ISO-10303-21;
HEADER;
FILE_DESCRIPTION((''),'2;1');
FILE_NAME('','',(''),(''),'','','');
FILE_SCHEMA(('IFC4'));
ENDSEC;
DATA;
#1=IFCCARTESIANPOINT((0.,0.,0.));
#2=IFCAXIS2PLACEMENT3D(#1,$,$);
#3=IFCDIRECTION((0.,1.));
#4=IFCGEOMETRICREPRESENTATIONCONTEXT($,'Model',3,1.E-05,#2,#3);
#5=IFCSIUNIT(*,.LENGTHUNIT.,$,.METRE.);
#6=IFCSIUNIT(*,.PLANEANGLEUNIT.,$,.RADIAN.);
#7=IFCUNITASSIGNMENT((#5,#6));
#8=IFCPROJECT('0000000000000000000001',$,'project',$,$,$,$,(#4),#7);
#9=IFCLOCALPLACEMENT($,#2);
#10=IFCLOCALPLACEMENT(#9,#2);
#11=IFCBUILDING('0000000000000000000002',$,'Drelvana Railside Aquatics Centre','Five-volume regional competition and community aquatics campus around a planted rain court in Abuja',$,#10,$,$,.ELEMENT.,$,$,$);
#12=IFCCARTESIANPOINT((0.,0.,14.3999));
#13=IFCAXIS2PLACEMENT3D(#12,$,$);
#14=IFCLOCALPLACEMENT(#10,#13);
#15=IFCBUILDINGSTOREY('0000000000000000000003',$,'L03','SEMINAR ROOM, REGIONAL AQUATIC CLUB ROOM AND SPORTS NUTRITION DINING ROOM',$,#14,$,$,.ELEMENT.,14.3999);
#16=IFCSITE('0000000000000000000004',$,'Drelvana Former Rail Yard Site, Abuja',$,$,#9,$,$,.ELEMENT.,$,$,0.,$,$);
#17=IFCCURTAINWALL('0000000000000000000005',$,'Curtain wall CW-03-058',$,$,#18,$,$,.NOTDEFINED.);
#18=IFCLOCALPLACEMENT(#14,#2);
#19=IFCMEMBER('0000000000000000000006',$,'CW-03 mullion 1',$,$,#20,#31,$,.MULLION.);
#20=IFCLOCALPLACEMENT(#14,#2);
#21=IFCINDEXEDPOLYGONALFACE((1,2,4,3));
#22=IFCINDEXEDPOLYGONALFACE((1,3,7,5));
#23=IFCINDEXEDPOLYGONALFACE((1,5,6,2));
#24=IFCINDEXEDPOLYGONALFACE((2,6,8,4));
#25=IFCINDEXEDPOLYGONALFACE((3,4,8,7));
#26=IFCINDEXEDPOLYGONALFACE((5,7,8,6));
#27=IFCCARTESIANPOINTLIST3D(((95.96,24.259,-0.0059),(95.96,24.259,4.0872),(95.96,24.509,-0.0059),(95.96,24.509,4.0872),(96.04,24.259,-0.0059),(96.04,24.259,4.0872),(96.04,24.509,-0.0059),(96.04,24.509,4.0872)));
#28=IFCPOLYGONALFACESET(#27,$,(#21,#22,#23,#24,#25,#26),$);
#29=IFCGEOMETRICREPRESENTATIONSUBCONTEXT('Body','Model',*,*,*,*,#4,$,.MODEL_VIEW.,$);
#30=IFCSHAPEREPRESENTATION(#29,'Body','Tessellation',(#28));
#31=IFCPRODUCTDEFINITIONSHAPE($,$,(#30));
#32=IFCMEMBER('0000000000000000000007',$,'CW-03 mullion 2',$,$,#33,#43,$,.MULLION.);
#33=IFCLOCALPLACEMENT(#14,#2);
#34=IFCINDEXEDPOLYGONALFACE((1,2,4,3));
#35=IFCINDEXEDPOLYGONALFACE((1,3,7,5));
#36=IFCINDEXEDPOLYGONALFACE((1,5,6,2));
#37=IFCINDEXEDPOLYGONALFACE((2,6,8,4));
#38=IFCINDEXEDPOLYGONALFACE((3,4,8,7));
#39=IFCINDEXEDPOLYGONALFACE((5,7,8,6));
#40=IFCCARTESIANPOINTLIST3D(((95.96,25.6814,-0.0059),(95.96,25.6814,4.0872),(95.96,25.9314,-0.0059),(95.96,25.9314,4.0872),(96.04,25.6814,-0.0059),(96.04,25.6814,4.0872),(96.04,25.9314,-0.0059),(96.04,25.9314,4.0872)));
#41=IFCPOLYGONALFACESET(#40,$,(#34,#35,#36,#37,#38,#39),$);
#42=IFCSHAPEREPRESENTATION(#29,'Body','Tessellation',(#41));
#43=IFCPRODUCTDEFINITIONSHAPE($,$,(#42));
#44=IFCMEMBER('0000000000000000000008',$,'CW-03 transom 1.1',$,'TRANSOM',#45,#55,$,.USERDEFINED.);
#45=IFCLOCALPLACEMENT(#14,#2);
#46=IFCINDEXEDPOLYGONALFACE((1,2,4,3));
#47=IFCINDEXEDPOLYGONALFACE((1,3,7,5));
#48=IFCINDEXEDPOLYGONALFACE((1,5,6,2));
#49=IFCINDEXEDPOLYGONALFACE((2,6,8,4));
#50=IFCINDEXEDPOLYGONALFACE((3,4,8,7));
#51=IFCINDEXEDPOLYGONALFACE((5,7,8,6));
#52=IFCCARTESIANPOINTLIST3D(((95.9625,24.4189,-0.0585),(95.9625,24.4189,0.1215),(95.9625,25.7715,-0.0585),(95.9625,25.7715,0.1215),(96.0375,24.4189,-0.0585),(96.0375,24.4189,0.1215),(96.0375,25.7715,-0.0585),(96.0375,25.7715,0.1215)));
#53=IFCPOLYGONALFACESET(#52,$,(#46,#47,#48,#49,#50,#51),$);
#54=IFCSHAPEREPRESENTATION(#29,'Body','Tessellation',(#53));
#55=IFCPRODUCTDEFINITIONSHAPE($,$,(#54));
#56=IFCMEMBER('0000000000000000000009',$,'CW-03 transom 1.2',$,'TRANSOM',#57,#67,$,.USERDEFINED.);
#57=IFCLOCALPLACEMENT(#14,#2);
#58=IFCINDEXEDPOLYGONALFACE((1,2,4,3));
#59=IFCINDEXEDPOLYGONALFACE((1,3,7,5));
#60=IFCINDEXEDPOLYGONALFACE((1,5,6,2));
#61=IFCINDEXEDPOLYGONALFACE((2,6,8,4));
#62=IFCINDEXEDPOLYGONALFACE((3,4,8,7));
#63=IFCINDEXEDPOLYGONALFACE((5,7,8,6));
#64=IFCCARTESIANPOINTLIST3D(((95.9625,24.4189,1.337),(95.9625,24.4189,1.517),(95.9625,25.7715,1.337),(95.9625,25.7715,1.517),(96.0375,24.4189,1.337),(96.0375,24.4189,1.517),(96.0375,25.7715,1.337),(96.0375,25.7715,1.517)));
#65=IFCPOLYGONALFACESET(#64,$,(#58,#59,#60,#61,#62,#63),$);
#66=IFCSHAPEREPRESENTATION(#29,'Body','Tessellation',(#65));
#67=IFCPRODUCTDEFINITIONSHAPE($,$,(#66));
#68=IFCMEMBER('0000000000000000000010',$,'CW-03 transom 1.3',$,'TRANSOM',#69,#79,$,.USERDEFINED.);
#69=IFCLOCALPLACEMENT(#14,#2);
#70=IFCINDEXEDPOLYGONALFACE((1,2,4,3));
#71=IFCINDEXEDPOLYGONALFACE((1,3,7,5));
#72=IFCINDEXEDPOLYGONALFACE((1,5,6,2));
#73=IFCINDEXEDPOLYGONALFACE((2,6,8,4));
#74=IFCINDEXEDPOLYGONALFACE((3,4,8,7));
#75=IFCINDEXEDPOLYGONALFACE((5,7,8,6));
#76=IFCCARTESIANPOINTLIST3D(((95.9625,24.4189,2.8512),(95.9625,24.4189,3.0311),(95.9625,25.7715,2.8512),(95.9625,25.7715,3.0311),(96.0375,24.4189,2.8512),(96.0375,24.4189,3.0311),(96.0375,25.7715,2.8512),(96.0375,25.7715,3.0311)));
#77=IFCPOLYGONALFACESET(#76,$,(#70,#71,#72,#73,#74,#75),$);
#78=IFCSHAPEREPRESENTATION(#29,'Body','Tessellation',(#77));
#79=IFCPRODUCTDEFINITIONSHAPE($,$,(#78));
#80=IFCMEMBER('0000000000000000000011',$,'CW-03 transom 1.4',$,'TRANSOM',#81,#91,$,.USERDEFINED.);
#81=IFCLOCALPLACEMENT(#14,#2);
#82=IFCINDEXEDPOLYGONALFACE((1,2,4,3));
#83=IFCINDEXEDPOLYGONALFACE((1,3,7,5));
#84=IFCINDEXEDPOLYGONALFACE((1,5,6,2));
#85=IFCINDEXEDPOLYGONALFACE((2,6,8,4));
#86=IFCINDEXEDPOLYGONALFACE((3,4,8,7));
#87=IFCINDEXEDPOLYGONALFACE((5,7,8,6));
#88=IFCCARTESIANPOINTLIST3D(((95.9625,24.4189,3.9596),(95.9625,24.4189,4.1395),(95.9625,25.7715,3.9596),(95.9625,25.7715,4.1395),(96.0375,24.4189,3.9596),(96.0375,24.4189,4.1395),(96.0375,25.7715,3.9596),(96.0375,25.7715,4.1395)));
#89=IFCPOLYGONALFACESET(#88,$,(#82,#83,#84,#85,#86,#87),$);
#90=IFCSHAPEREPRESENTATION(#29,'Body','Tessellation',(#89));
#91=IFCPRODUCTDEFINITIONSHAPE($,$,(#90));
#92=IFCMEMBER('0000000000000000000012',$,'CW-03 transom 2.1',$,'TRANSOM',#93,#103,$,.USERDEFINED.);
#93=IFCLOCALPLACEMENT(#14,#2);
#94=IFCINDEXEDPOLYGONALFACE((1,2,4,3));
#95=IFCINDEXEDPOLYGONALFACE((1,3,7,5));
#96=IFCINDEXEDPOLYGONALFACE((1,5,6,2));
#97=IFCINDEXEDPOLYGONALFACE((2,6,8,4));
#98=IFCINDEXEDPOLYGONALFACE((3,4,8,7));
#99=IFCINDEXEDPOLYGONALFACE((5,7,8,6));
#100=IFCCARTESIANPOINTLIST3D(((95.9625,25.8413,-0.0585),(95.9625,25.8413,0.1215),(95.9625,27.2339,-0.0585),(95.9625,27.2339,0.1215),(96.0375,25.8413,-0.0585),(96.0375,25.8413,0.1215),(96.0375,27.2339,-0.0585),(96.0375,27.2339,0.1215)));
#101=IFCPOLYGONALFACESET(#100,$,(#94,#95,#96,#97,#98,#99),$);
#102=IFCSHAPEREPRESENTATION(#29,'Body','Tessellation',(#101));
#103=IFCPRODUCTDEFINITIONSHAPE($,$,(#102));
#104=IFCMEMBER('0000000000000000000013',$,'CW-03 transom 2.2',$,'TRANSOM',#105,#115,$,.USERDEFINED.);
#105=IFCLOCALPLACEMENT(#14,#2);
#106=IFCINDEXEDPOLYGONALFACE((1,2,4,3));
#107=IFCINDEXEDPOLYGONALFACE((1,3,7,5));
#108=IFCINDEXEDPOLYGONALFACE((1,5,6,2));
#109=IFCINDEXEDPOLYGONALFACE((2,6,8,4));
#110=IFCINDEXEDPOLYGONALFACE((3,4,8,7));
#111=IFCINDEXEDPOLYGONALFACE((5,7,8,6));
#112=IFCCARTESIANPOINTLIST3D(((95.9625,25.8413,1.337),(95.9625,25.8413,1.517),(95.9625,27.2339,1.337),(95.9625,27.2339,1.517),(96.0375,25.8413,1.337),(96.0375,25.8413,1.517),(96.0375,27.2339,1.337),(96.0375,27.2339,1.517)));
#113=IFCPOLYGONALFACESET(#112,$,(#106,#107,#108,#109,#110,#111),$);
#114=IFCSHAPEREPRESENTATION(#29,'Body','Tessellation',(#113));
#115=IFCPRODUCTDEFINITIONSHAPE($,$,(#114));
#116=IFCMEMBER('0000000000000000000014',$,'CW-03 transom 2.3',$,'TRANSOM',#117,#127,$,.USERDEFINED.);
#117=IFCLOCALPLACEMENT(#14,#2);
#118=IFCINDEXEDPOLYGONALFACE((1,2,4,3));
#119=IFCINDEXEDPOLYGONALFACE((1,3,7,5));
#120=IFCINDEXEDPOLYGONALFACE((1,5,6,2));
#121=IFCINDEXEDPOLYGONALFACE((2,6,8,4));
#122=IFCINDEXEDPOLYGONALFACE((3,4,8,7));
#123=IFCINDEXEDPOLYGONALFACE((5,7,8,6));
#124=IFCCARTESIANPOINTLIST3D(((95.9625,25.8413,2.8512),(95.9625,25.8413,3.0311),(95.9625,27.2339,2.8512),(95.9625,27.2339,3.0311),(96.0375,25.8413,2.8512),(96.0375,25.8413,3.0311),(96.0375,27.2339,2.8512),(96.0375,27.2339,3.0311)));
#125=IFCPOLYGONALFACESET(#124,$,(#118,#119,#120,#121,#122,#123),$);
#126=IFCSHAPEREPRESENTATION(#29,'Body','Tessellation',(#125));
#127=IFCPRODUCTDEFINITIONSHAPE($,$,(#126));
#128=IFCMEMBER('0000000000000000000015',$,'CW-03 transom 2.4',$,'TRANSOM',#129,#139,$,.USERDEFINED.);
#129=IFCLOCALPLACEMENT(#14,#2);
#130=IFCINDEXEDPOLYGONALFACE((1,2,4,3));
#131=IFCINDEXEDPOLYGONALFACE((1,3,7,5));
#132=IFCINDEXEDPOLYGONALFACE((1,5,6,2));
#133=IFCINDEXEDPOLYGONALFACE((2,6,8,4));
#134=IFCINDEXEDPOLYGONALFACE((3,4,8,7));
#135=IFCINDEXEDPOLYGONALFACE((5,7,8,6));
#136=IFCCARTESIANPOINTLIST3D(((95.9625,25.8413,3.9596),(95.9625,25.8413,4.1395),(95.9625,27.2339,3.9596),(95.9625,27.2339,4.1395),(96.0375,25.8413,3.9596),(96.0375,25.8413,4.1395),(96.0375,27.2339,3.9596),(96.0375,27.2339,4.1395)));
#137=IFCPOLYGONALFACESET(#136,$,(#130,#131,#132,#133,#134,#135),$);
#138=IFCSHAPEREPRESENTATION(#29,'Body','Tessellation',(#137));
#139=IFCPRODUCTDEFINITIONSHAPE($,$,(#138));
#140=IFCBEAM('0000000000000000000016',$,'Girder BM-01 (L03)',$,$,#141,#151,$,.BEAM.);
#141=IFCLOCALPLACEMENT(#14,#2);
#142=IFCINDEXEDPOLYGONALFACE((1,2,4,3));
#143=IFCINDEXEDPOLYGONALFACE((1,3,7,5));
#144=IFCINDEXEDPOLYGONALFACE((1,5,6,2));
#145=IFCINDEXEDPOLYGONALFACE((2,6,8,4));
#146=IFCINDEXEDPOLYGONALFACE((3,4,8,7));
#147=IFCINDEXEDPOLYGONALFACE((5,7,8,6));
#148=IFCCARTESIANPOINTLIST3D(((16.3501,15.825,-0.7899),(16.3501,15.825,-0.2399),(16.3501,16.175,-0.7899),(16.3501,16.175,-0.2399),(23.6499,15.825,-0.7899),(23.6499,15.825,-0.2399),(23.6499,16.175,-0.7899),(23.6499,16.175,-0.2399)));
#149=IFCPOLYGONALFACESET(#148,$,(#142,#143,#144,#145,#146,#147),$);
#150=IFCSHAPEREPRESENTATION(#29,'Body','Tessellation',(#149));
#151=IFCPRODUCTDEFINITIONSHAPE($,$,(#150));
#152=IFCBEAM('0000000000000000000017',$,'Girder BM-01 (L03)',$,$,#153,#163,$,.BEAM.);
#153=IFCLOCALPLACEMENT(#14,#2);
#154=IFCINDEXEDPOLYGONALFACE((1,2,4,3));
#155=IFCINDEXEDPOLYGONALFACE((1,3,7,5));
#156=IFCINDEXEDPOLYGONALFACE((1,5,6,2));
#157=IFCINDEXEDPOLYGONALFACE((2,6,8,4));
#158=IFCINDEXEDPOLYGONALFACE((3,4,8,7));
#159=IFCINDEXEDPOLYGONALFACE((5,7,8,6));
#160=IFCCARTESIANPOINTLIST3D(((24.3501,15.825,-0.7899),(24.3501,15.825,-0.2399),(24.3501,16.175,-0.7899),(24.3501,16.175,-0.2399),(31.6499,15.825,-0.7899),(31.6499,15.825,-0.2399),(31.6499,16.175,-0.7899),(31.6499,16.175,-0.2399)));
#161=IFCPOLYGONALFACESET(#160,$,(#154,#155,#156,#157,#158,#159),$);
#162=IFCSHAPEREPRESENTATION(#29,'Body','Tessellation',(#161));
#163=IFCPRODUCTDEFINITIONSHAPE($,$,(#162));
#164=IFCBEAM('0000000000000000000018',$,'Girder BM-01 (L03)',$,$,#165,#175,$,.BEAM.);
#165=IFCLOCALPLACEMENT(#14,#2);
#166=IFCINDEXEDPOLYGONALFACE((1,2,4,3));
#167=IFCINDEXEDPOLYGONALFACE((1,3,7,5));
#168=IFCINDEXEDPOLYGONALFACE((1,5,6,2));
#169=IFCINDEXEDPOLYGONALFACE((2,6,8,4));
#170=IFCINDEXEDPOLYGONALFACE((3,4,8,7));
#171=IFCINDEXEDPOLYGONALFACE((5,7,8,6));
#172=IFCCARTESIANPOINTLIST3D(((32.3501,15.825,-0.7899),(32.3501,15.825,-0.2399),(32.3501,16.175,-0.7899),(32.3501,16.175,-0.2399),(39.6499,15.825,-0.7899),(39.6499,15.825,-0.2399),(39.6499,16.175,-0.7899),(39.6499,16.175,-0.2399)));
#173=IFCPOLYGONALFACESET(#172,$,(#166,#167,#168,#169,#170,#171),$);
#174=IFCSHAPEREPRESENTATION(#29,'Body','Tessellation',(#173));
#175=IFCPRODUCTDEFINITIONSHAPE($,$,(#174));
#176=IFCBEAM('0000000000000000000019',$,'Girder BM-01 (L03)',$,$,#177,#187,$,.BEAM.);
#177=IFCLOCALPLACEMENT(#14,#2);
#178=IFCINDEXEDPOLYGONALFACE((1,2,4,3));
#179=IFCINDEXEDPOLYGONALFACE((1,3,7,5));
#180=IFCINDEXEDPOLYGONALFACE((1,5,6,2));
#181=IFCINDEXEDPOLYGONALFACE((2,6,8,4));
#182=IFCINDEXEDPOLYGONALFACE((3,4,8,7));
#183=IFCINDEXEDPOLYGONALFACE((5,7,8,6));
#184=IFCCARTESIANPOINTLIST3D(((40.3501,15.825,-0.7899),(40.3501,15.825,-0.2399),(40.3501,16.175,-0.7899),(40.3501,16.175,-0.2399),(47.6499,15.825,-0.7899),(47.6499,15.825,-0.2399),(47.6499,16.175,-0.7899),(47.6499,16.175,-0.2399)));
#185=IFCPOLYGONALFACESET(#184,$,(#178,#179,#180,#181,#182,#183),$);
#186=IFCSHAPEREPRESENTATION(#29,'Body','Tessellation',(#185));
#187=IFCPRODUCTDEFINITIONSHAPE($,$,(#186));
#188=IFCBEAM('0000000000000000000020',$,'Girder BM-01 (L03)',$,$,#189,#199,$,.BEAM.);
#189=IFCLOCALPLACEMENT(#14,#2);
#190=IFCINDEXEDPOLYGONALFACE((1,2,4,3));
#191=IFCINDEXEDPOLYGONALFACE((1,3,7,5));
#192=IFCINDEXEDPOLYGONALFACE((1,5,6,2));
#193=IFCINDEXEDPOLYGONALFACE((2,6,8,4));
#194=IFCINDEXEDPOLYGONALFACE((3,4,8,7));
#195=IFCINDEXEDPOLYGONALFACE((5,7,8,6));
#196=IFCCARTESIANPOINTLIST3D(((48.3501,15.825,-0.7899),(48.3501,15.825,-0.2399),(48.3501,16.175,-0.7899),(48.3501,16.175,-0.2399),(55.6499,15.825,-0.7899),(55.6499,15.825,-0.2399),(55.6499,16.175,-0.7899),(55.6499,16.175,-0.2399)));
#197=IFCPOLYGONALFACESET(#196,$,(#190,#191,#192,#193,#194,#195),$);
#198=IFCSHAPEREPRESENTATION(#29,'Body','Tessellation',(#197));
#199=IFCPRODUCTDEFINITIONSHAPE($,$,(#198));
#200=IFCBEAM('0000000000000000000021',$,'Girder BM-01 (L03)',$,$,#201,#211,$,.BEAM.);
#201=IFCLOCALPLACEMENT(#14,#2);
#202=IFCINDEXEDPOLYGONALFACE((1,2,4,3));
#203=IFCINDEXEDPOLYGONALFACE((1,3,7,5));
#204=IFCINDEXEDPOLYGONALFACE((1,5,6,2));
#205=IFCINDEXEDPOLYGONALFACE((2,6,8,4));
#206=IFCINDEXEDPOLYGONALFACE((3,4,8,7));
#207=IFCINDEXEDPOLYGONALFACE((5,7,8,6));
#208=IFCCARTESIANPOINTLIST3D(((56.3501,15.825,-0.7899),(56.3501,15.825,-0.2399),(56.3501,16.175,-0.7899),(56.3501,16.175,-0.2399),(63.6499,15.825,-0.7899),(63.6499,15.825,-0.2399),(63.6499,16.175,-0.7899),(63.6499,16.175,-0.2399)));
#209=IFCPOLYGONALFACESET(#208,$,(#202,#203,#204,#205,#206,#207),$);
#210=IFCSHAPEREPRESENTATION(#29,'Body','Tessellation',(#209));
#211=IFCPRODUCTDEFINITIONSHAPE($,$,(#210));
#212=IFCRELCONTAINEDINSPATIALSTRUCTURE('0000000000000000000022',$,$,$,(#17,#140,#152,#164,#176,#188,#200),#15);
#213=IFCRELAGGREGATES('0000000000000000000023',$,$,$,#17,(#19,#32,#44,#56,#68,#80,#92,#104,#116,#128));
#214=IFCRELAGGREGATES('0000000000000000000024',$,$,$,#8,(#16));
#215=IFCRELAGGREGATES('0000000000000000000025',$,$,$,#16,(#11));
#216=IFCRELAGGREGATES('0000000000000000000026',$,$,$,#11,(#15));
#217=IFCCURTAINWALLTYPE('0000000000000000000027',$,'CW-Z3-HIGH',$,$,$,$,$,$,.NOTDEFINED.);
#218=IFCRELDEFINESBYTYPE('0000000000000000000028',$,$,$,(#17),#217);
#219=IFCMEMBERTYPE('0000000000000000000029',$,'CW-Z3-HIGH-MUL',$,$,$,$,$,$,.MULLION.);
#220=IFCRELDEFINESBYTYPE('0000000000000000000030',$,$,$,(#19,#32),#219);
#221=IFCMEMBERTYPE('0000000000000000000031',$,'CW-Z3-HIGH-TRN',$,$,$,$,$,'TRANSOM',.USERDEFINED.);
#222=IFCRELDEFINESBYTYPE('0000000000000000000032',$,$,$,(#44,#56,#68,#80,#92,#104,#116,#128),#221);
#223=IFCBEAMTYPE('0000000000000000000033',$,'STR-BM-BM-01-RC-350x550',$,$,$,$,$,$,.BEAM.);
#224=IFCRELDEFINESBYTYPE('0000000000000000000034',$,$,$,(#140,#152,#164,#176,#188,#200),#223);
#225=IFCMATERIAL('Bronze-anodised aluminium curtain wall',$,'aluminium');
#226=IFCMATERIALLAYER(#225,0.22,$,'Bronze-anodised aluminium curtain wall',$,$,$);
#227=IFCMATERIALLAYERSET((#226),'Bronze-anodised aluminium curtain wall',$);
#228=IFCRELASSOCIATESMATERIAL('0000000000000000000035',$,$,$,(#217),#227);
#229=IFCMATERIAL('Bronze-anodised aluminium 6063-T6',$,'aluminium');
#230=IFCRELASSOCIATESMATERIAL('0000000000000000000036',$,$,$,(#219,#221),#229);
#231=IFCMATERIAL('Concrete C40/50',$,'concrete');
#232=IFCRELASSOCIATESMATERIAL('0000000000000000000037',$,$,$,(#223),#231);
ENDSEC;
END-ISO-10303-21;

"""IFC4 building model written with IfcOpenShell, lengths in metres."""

from ifc_helpers import new_model, si_unit, direction, frame, origin, origin_2d, place, context, subcontext, project, spatial, rectangle, extrude, material, layer, layer_set, material_profile, profile_set, type_object, element, aggregate, save


model = new_model("IFC4")

# Units and contexts
model_context = context("Model", 3, precision=1e-05, world=origin(), true_north=direction((0.0, 1.0)))
body_context = subcontext(model_context, "Body", "Model", "MODEL_VIEW")
ifc_project = project(units=[si_unit("LENGTHUNIT", "METRE"), si_unit("PLANEANGLEUNIT", "RADIAN")], contexts=[model_context])

# Site, building, storey
site_placement = place(None, origin())
site = spatial("IfcSite", under=ifc_project, at=site_placement, Name="Drelvana Former Rail Yard Site, Abuja", CompositionType="ELEMENT", RefElevation=0.0)
building_placement = place(site_placement, origin())
building = spatial("IfcBuilding", under=site, at=building_placement, Name="Drelvana Railside Aquatics Centre", Description="Five-volume regional competition and community aquatics campus around a planted rain court in Abuja", CompositionType="ELEMENT")
storey_placement = place(building_placement, frame((0.0, 0.0, 14.3999)))
storey = spatial("IfcBuildingStorey", under=building, at=storey_placement, Name="L03", Description="SEMINAR ROOM, REGIONAL AQUATIC CLUB ROOM AND SPORTS NUTRITION DINING ROOM", CompositionType="ELEMENT", Elevation=14.3999)

# Curtain wall, members
ifc_material_1 = material(Name="Bronze-anodised aluminium curtain wall", Category="aluminium")
ifc_layer_1 = layer(ifc_material_1, 0.22, Name="Bronze-anodised aluminium curtain wall")
ifc_layer_set_1 = layer_set([ifc_layer_1], Name="Bronze-anodised aluminium curtain wall")
curtain_wall_type = type_object("IfcCurtainWallType", Name="CW-Z3-HIGH", PredefinedType="NOTDEFINED", material=ifc_layer_set_1)
curtain_wall_placement = place(storey_placement, origin())
curtain_wall = element("IfcCurtainWall", 1, at=curtain_wall_placement, inside=storey, type_object=curtain_wall_type, Name="Curtain wall CW-03-058", PredefinedType="NOTDEFINED")
ifc_material_2 = material(Name="Bronze-anodised aluminium 6063-T6", Category="aluminium")
ifc_material_profile_1 = material_profile(ifc_material_2, rectangle(XDim=0.0801, YDim=0.25, at=origin_2d()), Name="ALU-M 80x250")
ifc_profile_set_1 = profile_set([ifc_material_profile_1], Name="Bronze-anodised aluminium 6063-T6")
member_type_1 = type_object("IfcMemberType", Name="CW-Z3-HIGH-MUL", PredefinedType="MULLION", material=ifc_profile_set_1)
member_1_placement = place(storey_placement, frame((96.0, 24.384, -0.0059), z_axis=(0.0, 0.0, 1.0), x_axis=(-1.0, 0.0, 0.0)))
member_1 = element("IfcMember", 2, at=member_1_placement, type_object=member_type_1, Name="CW-03 mullion 1", PredefinedType="MULLION", context=body_context, shape_type="SweptSolid", body=[
    extrude(rectangle(XDim=0.0801, YDim=0.25, at=origin_2d()), origin(), (0.0, 0.0, 1.0), 4.093),
])
member_2_placement = place(storey_placement, frame((96.0, 25.8064, -0.0059), z_axis=(0.0, 0.0, 1.0), x_axis=(-1.0, 0.0, 0.0)))
member_2 = element("IfcMember", 3, at=member_2_placement, type_object=member_type_1, Name="CW-03 mullion 2", PredefinedType="MULLION", context=body_context, shape_type="SweptSolid", body=[
    extrude(rectangle(XDim=0.0801, YDim=0.25, at=origin_2d()), origin(), (0.0, 0.0, 1.0), 4.093),
])
ifc_material_profile_2 = material_profile(ifc_material_2, rectangle(XDim=0.1799, YDim=0.075, at=origin_2d()), Name="ALU-T 75x180")
ifc_profile_set_2 = profile_set([ifc_material_profile_2], Name="Bronze-anodised aluminium 6063-T6")
member_type_2 = type_object("IfcMemberType", Name="CW-Z3-HIGH-TRN", ElementType="TRANSOM", PredefinedType="USERDEFINED", material=ifc_profile_set_2)
member_3_placement = place(storey_placement, frame((96.0, 24.4189, 0.0315), z_axis=(0.0, 1.0, 0.0), x_axis=(0.0, 0.0, 1.0)))
member_3 = element("IfcMember", 4, at=member_3_placement, type_object=member_type_2, Name="CW-03 transom 1.1", ObjectType="TRANSOM", PredefinedType="USERDEFINED", context=body_context, shape_type="SweptSolid", body=[
    extrude(rectangle(XDim=0.1799, YDim=0.075, at=origin_2d()), origin(), (0.0, 0.0, 1.0), 1.3525),
])
member_4_placement = place(storey_placement, frame((96.0, 24.4189, 1.427), z_axis=(0.0, 1.0, 0.0), x_axis=(0.0, 0.0, 1.0)))
member_4 = element("IfcMember", 5, at=member_4_placement, type_object=member_type_2, Name="CW-03 transom 1.2", ObjectType="TRANSOM", PredefinedType="USERDEFINED", context=body_context, shape_type="SweptSolid", body=[
    extrude(rectangle(XDim=0.1799, YDim=0.075, at=origin_2d()), origin(), (0.0, 0.0, 1.0), 1.3525),
])
member_5_placement = place(storey_placement, frame((96.0, 24.4189, 2.9412), z_axis=(0.0, 1.0, 0.0), x_axis=(0.0, 0.0, 1.0)))
member_5 = element("IfcMember", 6, at=member_5_placement, type_object=member_type_2, Name="CW-03 transom 1.3", ObjectType="TRANSOM", PredefinedType="USERDEFINED", context=body_context, shape_type="SweptSolid", body=[
    extrude(rectangle(XDim=0.1799, YDim=0.075, at=origin_2d()), origin(), (0.0, 0.0, 1.0), 1.3525),
])
member_6_placement = place(storey_placement, frame((96.0, 24.4189, 4.0496), z_axis=(0.0, 1.0, 0.0), x_axis=(0.0, 0.0, 1.0)))
member_6 = element("IfcMember", 7, at=member_6_placement, type_object=member_type_2, Name="CW-03 transom 1.4", ObjectType="TRANSOM", PredefinedType="USERDEFINED", context=body_context, shape_type="SweptSolid", body=[
    extrude(rectangle(XDim=0.1799, YDim=0.075, at=origin_2d()), origin(), (0.0, 0.0, 1.0), 1.3525),
])
member_7_placement = place(storey_placement, frame((96.0, 25.8413, 0.0315), z_axis=(0.0, 1.0, 0.0), x_axis=(0.0, 0.0, 1.0)))
member_7 = element("IfcMember", 8, at=member_7_placement, type_object=member_type_2, Name="CW-03 transom 2.1", ObjectType="TRANSOM", PredefinedType="USERDEFINED", context=body_context, shape_type="SweptSolid", body=[
    extrude(rectangle(XDim=0.1799, YDim=0.075, at=origin_2d()), origin(), (0.0, 0.0, 1.0), 1.3926),
])
member_8_placement = place(storey_placement, frame((96.0, 25.8413, 1.427), z_axis=(0.0, 1.0, 0.0), x_axis=(0.0, 0.0, 1.0)))
member_8 = element("IfcMember", 9, at=member_8_placement, type_object=member_type_2, Name="CW-03 transom 2.2", ObjectType="TRANSOM", PredefinedType="USERDEFINED", context=body_context, shape_type="SweptSolid", body=[
    extrude(rectangle(XDim=0.1799, YDim=0.075, at=origin_2d()), origin(), (0.0, 0.0, 1.0), 1.3926),
])
member_9_placement = place(storey_placement, frame((96.0, 25.8413, 2.9412), z_axis=(0.0, 1.0, 0.0), x_axis=(0.0, 0.0, 1.0)))
member_9 = element("IfcMember", 10, at=member_9_placement, type_object=member_type_2, Name="CW-03 transom 2.3", ObjectType="TRANSOM", PredefinedType="USERDEFINED", context=body_context, shape_type="SweptSolid", body=[
    extrude(rectangle(XDim=0.1799, YDim=0.075, at=origin_2d()), origin(), (0.0, 0.0, 1.0), 1.3926),
])
member_10_placement = place(storey_placement, frame((96.0, 25.8413, 4.0496), z_axis=(0.0, 1.0, 0.0), x_axis=(0.0, 0.0, 1.0)))
member_10 = element("IfcMember", 11, at=member_10_placement, type_object=member_type_2, Name="CW-03 transom 2.4", ObjectType="TRANSOM", PredefinedType="USERDEFINED", context=body_context, shape_type="SweptSolid", body=[
    extrude(rectangle(XDim=0.1799, YDim=0.075, at=origin_2d()), origin(), (0.0, 0.0, 1.0), 1.3926),
])

# Beams
ifc_material_3 = material(Name="Concrete C40/50", Category="concrete")
ifc_material_profile_3 = material_profile(ifc_material_3, rectangle(XDim=0.3501, YDim=0.55, at=origin_2d()), Name="RC 350x550")
ifc_profile_set_3 = profile_set([ifc_material_profile_3], Name="Concrete C40/50")
beam_type_1 = type_object("IfcBeamType", Name="STR-BM-BM-01-RC-350x550", PredefinedType="BEAM", material=ifc_profile_set_3)
for number, where, z_axis, x_axis, name in (
    (12, (16.3501, 16.0, -0.5149), (1.0, 0.0, 0.0), (0.0, 1.0, 0.0), "Girder BM-01 (L03)"),
    (13, (24.3501, 16.0, -0.5149), (1.0, 0.0, 0.0), (0.0, 1.0, 0.0), "Girder BM-01 (L03)"),
    (14, (32.3501, 16.0, -0.5149), (1.0, 0.0, 0.0), (0.0, 1.0, 0.0), "Girder BM-01 (L03)"),
    (15, (40.3501, 16.0, -0.5149), (1.0, 0.0, 0.0), (0.0, 1.0, 0.0), "Girder BM-01 (L03)"),
    (16, (48.3501, 16.0, -0.5149), (1.0, 0.0, 0.0), (0.0, 1.0, 0.0), "Girder BM-01 (L03)"),
    (17, (56.3501, 16.0, -0.5149), (1.0, 0.0, 0.0), (0.0, 1.0, 0.0), "Girder BM-01 (L03)"),
):
    element("IfcBeam", number, at=place(storey_placement, frame(where, z_axis=z_axis, x_axis=x_axis)), inside=storey, type_object=beam_type_1, Name=name, PredefinedType="BEAM", context=body_context, shape_type="SweptSolid", body=[
        extrude(rectangle(XDim=0.3501, YDim=0.55, at=origin_2d()), origin(), (0.0, 0.0, 1.0), 7.2998),
    ])

aggregate(curtain_wall, [member_1, member_2, member_3, member_4, member_5, member_6, member_7, member_8, member_9, member_10])

save(model, "model.ifc")
